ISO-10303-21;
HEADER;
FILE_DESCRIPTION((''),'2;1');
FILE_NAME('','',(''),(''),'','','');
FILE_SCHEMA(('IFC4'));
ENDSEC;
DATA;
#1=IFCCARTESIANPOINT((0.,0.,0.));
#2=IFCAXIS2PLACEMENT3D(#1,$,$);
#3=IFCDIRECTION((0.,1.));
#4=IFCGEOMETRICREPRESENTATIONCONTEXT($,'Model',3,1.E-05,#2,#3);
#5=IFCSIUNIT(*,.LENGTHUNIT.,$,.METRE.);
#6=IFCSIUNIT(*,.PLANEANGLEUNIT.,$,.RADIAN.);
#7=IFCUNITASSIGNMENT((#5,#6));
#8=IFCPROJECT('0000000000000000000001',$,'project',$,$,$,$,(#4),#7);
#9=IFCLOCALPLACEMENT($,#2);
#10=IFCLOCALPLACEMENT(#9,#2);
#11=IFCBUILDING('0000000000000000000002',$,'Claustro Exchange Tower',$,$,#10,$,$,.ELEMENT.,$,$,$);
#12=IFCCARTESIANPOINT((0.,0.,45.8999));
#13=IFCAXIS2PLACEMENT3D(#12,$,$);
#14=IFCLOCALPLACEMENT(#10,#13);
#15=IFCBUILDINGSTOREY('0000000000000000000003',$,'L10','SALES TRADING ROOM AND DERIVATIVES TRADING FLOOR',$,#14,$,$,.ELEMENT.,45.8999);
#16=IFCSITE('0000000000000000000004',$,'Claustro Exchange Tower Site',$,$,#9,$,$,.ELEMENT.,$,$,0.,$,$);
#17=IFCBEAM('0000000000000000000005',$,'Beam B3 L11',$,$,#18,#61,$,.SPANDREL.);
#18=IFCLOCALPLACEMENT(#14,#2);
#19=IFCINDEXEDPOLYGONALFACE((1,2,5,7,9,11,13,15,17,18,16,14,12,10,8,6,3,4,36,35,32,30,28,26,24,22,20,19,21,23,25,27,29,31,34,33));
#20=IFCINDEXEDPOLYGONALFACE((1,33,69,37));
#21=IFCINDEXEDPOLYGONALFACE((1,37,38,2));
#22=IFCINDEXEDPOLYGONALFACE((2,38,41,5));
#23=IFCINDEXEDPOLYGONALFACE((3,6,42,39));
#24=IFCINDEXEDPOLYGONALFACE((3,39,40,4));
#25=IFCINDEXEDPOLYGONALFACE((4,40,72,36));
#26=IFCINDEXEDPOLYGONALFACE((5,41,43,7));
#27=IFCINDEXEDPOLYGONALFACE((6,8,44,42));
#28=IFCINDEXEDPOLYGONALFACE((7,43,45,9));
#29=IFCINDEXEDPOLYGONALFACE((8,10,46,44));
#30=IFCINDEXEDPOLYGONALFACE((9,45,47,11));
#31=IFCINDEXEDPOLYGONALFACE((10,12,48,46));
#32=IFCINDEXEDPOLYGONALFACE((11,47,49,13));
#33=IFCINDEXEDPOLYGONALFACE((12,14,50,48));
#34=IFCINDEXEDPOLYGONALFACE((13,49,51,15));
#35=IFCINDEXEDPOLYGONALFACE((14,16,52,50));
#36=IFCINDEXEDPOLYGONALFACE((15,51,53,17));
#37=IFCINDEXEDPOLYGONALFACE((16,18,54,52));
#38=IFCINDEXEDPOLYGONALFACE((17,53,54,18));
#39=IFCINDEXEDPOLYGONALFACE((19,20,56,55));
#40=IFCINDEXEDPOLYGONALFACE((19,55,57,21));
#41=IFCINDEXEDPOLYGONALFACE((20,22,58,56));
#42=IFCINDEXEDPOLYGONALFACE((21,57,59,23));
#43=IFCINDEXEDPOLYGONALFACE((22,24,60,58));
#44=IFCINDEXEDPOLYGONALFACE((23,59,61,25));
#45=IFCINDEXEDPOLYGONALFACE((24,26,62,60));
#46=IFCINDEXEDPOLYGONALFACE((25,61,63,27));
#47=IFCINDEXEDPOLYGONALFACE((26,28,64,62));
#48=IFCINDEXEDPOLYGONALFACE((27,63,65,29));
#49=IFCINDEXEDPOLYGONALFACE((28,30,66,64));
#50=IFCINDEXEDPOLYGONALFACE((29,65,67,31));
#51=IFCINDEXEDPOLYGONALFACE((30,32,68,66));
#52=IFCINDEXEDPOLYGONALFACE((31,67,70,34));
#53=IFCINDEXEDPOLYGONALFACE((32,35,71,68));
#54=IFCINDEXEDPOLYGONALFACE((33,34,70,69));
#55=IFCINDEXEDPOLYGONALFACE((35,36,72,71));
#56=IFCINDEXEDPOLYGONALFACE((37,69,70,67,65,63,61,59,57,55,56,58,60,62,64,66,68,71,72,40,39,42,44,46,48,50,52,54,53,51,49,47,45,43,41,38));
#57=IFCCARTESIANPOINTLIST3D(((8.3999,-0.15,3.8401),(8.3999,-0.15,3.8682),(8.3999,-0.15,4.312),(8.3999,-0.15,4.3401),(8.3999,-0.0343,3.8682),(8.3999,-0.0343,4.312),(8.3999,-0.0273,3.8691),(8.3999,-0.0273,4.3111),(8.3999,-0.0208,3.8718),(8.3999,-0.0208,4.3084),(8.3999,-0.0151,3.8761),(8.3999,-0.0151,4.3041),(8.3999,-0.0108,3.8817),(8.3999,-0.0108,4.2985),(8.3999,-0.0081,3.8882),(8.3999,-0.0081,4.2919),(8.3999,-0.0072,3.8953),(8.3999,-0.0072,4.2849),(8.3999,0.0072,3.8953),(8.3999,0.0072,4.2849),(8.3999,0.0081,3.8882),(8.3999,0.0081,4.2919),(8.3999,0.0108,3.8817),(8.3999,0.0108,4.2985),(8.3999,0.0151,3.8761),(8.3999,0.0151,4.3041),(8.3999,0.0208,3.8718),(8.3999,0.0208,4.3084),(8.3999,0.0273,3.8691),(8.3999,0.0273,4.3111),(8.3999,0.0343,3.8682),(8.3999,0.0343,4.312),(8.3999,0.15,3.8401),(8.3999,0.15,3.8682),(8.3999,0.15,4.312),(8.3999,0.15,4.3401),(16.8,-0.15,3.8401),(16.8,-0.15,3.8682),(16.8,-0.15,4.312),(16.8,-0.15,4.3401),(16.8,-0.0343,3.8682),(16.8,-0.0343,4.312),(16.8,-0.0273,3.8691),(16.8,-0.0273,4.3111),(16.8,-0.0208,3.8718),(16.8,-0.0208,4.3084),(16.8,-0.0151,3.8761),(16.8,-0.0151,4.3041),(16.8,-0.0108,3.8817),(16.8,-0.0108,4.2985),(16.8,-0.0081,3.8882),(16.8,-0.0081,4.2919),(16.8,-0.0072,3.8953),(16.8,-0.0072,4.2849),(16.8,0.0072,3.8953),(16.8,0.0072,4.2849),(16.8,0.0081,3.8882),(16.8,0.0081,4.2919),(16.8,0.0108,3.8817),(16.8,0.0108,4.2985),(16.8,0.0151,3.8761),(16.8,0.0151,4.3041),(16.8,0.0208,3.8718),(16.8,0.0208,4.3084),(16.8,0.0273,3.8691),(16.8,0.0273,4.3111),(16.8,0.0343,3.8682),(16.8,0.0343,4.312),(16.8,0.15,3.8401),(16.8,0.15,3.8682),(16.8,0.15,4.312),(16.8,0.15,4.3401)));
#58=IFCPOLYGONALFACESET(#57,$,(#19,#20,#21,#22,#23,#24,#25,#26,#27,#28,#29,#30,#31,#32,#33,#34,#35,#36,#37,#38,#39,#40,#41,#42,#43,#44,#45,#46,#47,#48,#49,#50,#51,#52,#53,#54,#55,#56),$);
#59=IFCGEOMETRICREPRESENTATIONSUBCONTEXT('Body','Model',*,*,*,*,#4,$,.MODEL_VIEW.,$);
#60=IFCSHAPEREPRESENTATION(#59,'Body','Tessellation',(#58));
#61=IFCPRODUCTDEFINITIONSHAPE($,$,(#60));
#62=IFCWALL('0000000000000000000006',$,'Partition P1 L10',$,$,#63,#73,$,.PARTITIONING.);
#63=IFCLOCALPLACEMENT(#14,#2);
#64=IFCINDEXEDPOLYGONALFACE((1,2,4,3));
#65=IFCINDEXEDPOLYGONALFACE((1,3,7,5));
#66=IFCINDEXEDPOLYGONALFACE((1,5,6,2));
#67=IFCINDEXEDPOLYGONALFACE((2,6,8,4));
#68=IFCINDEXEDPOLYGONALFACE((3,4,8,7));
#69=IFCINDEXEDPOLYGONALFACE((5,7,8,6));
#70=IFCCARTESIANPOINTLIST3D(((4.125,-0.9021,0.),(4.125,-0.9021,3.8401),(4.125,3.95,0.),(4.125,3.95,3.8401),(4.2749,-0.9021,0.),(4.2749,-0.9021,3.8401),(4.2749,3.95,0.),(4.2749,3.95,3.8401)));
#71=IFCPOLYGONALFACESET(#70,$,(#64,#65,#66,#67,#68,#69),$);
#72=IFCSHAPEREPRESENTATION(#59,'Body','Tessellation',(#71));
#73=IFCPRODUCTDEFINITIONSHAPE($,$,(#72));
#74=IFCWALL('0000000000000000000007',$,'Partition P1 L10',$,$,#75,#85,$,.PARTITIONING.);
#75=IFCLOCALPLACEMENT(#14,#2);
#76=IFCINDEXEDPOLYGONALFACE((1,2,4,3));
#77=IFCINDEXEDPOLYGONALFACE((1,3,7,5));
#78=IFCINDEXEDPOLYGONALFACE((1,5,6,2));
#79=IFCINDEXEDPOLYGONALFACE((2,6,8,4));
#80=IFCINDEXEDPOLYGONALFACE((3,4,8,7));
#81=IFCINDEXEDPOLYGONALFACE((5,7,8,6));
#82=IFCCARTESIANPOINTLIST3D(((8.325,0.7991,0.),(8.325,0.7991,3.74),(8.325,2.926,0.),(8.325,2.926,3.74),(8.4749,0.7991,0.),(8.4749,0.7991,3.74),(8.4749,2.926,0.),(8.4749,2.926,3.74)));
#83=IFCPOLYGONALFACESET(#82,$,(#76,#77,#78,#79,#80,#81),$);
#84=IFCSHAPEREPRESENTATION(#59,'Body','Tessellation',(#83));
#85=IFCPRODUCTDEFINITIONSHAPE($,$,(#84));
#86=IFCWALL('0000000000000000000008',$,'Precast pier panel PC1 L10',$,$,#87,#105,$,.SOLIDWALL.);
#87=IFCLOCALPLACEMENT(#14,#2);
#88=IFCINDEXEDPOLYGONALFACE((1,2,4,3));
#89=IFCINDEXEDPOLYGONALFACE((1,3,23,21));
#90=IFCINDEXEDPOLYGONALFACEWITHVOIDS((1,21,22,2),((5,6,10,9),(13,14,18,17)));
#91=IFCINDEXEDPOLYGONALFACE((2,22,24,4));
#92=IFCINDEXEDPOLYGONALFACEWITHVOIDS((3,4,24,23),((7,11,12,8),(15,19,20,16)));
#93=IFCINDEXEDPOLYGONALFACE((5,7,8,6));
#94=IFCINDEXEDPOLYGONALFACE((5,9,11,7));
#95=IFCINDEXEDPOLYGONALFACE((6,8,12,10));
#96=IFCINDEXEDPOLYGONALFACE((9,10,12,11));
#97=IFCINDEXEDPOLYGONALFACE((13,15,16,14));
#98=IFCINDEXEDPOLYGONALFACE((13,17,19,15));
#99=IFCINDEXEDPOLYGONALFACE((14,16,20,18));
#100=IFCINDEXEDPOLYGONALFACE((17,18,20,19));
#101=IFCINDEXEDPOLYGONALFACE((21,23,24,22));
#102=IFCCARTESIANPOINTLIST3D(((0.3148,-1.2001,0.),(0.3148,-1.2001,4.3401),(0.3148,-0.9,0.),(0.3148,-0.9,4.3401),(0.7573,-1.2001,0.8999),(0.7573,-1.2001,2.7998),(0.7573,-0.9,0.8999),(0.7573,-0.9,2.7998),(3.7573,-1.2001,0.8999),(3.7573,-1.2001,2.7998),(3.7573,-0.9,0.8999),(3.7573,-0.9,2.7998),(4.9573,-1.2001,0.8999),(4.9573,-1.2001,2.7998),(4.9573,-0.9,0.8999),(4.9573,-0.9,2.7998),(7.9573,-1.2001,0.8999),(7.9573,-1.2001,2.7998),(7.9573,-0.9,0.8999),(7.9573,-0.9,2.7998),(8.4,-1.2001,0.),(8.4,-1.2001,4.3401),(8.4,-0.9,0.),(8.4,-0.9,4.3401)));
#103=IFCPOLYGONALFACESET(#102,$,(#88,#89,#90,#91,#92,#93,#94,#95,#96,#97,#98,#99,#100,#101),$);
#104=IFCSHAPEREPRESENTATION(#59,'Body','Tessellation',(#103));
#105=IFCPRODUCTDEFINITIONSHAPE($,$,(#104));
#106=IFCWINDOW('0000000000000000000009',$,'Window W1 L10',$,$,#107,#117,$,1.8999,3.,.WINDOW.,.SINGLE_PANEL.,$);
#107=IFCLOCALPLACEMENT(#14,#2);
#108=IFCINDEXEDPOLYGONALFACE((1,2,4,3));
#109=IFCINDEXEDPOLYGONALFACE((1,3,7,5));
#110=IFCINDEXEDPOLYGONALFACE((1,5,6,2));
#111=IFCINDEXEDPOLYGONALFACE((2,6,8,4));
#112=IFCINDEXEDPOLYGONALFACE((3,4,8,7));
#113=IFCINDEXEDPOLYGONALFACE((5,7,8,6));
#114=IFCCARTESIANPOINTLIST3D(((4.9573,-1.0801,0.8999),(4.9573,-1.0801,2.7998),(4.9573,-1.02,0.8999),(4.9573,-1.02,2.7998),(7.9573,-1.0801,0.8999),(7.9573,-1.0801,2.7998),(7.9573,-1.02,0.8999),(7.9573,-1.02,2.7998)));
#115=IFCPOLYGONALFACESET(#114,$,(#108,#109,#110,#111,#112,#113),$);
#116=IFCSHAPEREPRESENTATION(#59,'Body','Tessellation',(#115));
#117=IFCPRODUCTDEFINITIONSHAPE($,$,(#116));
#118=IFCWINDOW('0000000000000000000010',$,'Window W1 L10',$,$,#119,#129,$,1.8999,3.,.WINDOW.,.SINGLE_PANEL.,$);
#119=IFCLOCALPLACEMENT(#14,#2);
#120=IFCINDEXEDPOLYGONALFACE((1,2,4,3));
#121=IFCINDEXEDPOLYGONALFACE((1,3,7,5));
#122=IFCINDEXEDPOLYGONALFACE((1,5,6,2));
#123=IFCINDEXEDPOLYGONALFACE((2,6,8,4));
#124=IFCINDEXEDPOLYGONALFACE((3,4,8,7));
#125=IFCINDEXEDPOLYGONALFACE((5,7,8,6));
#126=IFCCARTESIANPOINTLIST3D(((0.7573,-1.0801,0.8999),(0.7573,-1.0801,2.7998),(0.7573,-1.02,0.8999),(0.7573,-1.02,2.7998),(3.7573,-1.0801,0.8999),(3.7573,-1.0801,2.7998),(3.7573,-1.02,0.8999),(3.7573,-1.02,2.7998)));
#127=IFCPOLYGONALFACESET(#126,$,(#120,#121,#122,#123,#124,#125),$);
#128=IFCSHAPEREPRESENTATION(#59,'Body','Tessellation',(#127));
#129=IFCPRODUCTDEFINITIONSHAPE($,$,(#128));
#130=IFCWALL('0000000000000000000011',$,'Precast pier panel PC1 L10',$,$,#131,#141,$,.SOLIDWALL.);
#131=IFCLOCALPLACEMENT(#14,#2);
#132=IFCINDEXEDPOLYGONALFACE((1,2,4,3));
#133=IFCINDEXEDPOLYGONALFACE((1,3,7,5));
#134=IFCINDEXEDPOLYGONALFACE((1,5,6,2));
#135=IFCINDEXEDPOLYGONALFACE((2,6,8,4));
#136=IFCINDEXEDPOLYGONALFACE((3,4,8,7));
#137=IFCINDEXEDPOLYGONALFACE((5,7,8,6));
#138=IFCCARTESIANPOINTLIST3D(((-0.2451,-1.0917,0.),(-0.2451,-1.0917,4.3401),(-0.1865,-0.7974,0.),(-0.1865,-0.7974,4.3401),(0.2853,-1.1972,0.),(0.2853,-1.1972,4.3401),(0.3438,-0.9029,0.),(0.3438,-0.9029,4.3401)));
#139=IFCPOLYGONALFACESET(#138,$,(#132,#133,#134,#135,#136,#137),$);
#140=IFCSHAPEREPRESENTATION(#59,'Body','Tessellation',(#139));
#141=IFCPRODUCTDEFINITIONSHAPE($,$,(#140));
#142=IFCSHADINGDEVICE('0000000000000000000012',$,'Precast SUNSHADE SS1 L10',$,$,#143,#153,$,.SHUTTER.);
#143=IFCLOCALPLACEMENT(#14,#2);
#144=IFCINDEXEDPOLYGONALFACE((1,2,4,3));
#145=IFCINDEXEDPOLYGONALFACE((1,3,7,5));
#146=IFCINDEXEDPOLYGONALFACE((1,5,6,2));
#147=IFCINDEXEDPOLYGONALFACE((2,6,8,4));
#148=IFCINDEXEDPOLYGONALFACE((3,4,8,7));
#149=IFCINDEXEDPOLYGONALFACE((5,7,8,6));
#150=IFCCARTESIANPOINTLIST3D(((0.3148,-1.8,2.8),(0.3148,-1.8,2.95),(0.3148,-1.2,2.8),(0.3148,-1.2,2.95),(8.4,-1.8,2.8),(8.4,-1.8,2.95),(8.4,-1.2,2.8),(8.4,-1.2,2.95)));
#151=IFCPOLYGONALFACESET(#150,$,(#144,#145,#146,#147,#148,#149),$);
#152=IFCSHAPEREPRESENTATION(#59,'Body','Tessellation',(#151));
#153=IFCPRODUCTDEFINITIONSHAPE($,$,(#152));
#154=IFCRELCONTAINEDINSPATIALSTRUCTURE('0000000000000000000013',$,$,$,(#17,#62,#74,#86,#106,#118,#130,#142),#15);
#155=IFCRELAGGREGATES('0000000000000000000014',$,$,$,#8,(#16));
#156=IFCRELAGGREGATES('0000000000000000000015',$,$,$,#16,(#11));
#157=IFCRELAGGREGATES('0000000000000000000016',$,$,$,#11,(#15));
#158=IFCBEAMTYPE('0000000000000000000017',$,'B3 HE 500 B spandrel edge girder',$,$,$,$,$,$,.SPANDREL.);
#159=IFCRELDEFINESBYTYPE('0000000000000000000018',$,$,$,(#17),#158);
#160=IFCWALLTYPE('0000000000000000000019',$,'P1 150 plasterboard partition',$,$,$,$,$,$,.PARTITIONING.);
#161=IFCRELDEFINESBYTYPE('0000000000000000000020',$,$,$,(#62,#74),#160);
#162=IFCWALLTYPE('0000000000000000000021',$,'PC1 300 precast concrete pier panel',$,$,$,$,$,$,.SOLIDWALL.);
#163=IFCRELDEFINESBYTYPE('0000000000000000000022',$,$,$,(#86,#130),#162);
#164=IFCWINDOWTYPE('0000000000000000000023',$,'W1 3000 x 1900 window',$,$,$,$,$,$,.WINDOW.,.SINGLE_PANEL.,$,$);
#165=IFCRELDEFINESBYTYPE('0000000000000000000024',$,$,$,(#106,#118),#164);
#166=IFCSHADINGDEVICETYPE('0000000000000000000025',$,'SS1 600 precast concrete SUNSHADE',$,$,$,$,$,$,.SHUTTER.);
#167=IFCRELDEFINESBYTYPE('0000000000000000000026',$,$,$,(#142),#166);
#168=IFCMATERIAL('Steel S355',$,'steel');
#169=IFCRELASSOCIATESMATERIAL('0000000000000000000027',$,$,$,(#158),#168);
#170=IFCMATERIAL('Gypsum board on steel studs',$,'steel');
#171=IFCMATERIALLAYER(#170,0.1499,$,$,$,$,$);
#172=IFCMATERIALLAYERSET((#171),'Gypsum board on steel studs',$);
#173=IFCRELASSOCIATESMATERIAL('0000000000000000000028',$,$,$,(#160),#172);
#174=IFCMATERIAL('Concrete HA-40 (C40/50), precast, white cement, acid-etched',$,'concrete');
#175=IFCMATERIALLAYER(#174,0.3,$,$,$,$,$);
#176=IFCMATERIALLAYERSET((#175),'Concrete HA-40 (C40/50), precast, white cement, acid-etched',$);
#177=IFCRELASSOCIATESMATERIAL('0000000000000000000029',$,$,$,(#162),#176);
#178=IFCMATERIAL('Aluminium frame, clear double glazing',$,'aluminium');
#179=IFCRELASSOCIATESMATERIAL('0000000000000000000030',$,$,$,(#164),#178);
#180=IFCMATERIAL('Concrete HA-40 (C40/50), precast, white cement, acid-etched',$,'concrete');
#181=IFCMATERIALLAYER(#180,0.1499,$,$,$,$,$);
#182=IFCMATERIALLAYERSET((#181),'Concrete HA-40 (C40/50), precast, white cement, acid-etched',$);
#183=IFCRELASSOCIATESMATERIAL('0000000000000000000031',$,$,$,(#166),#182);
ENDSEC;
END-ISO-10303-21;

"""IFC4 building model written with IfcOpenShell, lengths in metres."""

from ifc_helpers import new_model, si_unit, direction, frame, frame_2d, origin, origin_2d, place, context, subcontext, project, spatial, rectangle, i_section, extrude, material, layer, layer_set, material_profile, profile_set, type_object, element, fill, save


model = new_model("IFC4")

# Units and contexts
model_context = context("Model", 3, precision=1e-05, world=origin(), true_north=direction((0.0, 1.0)))
body_context = subcontext(model_context, "Body", "Model", "MODEL_VIEW")
ifc_project = project(units=[si_unit("LENGTHUNIT", "METRE"), si_unit("PLANEANGLEUNIT", "RADIAN")], contexts=[model_context])

# Site, building, storey
site_placement = place(None, origin())
site = spatial("IfcSite", under=ifc_project, at=site_placement, Name="Claustro Exchange Tower Site", CompositionType="ELEMENT", RefElevation=0.0)
building_placement = place(site_placement, origin())
building = spatial("IfcBuilding", under=site, at=building_placement, Name="Claustro Exchange Tower", CompositionType="ELEMENT")
storey_placement = place(building_placement, frame((0.0, 0.0, 45.8999)))
storey = spatial("IfcBuildingStorey", under=building, at=storey_placement, Name="L10", Description="SALES TRADING ROOM AND DERIVATIVES TRADING FLOOR", CompositionType="ELEMENT", Elevation=45.8999)

# Beam
ifc_material_1 = material(Name="Steel S355", Category="steel")
ifc_material_profile_1 = material_profile(ifc_material_1, i_section(OverallWidth=0.3, OverallDepth=0.5, WebThickness=0.0144, FlangeThickness=0.0281, FilletRadius=0.0271, at=origin_2d()), Name="HE 500 B")
ifc_profile_set_1 = profile_set([ifc_material_profile_1], Name="Steel S355")
beam_type_1 = type_object("IfcBeamType", Name="B3 HE 500 B spandrel edge girder", PredefinedType="SPANDREL", material=ifc_profile_set_1)
beam_1_placement = place(storey_placement, frame((8.3999, 0.0, 4.0901), z_axis=(1.0, 0.0, 0.0), x_axis=(0.0, 1.0, 0.0)))
element("IfcBeam", 1, at=beam_1_placement, inside=storey, type_object=beam_type_1, Name="Beam B3 L11", PredefinedType="SPANDREL", context=body_context, shape_type="SweptSolid", body=[
    extrude(i_section(OverallWidth=0.3, OverallDepth=0.5, WebThickness=0.0144, FlangeThickness=0.0281, FilletRadius=0.0271, at=origin_2d()), origin(), (0.0, 0.0, 1.0), 8.4001),
])

# Walls
ifc_material_2 = material(Name="Gypsum board on steel studs", Category="steel")
ifc_layer_1 = layer(ifc_material_2, 0.1499)
ifc_layer_set_1 = layer_set([ifc_layer_1], Name="Gypsum board on steel studs")
wall_type_1 = type_object("IfcWallType", Name="P1 150 plasterboard partition", PredefinedType="PARTITIONING", material=ifc_layer_set_1)
wall_1_placement = place(storey_placement, frame((4.2, -0.9021, 0.0), z_axis=(0.0, 0.0, 1.0), x_axis=(0.0, 1.0, 0.0)))
element("IfcWall", 2, at=wall_1_placement, inside=storey, type_object=wall_type_1, Name="Partition P1 L10", PredefinedType="PARTITIONING", context=body_context, shape_type="SweptSolid", body=[
    extrude(rectangle(XDim=4.8521, YDim=0.1499, at=frame_2d((2.426, 0.0))), origin(), (0.0, 0.0, 1.0), 3.8401),
])
wall_2_placement = place(storey_placement, frame((8.3999, 0.7991, 0.0), z_axis=(0.0, 0.0, 1.0), x_axis=(0.0, 1.0, 0.0)))
element("IfcWall", 3, at=wall_2_placement, inside=storey, type_object=wall_type_1, Name="Partition P1 L10", PredefinedType="PARTITIONING", context=body_context, shape_type="SweptSolid", body=[
    extrude(rectangle(XDim=2.127, YDim=0.1499, at=frame_2d((1.0635, 0.0))), origin(), (0.0, 0.0, 1.0), 3.74),
])

# Wall, openings, windows
ifc_material_3 = material(Name="Concrete HA-40 (C40/50), precast, white cement, acid-etched", Category="concrete")
ifc_layer_2 = layer(ifc_material_3, 0.3)
ifc_layer_set_2 = layer_set([ifc_layer_2], Name="Concrete HA-40 (C40/50), precast, white cement, acid-etched")
wall_type_2 = type_object("IfcWallType", Name="PC1 300 precast concrete pier panel", PredefinedType="SOLIDWALL", material=ifc_layer_set_2)
wall_3_placement = place(storey_placement, frame((8.3999, -1.05, 0.0), z_axis=(0.0, 0.0, 1.0), x_axis=(-1.0, 0.0, 0.0)))
wall_3 = element("IfcWall", 4, at=wall_3_placement, inside=storey, type_object=wall_type_2, Name="Precast pier panel PC1 L10", PredefinedType="SOLIDWALL", context=body_context, shape_type="SweptSolid", body=[
    extrude(rectangle(XDim=8.0852, YDim=0.3, at=frame_2d((4.0425, 0.0))), origin(), (0.0, 0.0, 1.0), 4.3401),
])
opening_1_placement = place(wall_3_placement, frame((0.4426, 0.0, 0.8999)))
opening_1 = element("IfcOpeningElement", 5, at=opening_1_placement, cuts=wall_3, PredefinedType="OPENING", context=body_context, shape_type="SweptSolid", body=[
    extrude(rectangle(XDim=3.0, YDim=1.8999, at=frame_2d((1.5, 0.95))), frame((0.0, 0.1599, 0.0), z_axis=(0.0, -1.0, 0.0), x_axis=(1.0, 0.0, 0.0)), (0.0, 0.0, 1.0), 0.3201),
])
opening_2_placement = place(wall_3_placement, frame((4.6426, 0.0, 0.8999)))
opening_2 = element("IfcOpeningElement", 6, at=opening_2_placement, cuts=wall_3, PredefinedType="OPENING", context=body_context, shape_type="SweptSolid", body=[
    extrude(rectangle(XDim=3.0, YDim=1.8999, at=frame_2d((1.5, 0.95))), frame((0.0, 0.1599, 0.0), z_axis=(0.0, -1.0, 0.0), x_axis=(1.0, 0.0, 0.0)), (0.0, 0.0, 1.0), 0.3201),
])
ifc_material_4 = material(Name="Aluminium frame, clear double glazing", Category="aluminium")
window_type = type_object("IfcWindowType", Name="W1 3000 x 1900 window", PartitioningType="SINGLE_PANEL", PredefinedType="WINDOW", material=ifc_material_4)
window_1_placement = place(opening_1_placement, origin())
window_1 = element("IfcWindow", 7, at=window_1_placement, inside=storey, type_object=window_type, Name="Window W1 L10", OverallHeight=1.8999, OverallWidth=3.0, PartitioningType="SINGLE_PANEL", PredefinedType="WINDOW", context=body_context, shape_type="SweptSolid", body=[
    extrude(rectangle(XDim=3.0, YDim=1.8999, at=frame_2d((1.5, 0.95))), frame((0.0, 0.03, 0.0), z_axis=(0.0, -1.0, 0.0), x_axis=(1.0, 0.0, 0.0)), (0.0, 0.0, 1.0), 0.0601),
])
fill(opening_1, window_1)
window_2_placement = place(opening_2_placement, origin())
window_2 = element("IfcWindow", 8, at=window_2_placement, inside=storey, type_object=window_type, Name="Window W1 L10", OverallHeight=1.8999, OverallWidth=3.0, PartitioningType="SINGLE_PANEL", PredefinedType="WINDOW", context=body_context, shape_type="SweptSolid", body=[
    extrude(rectangle(XDim=3.0, YDim=1.8999, at=frame_2d((1.5, 0.95))), frame((0.0, 0.03, 0.0), z_axis=(0.0, -1.0, 0.0), x_axis=(1.0, 0.0, 0.0)), (0.0, 0.0, 1.0), 0.0601),
])
fill(opening_2, window_2)

# Wall
wall_4_placement = place(storey_placement, frame((0.3147, -1.05, 0.0), z_axis=(0.0, 0.0, 1.0), x_axis=(-0.980789, 0.195074, 0.0)))
element("IfcWall", 9, at=wall_4_placement, inside=storey, type_object=wall_type_2, Name="Precast pier panel PC1 L10", PredefinedType="SOLIDWALL", context=body_context, shape_type="SweptSolid", body=[
    extrude(rectangle(XDim=0.5408, YDim=0.3, at=frame_2d((0.2705, 0.0))), origin(), (0.0, 0.0, 1.0), 4.3401),
])

# Shading device
ifc_material_5 = material(Name="Concrete HA-40 (C40/50), precast, white cement, acid-etched", Category="concrete")
ifc_layer_3 = layer(ifc_material_5, 0.1499)
ifc_layer_set_3 = layer_set([ifc_layer_3], Name="Concrete HA-40 (C40/50), precast, white cement, acid-etched")
shading_device_type = type_object("IfcShadingDeviceType", Name="SS1 600 precast concrete SUNSHADE", PredefinedType="SHUTTER", material=ifc_layer_set_3)
shading_device_placement = place(storey_placement, frame((4.3574, -1.5, 2.8), z_axis=(0.0, 0.0, 1.0), x_axis=(-1.0, 0.0, 0.0)))
element("IfcShadingDevice", 10, at=shading_device_placement, inside=storey, type_object=shading_device_type, Name="Precast SUNSHADE SS1 L10", PredefinedType="SHUTTER", context=body_context, shape_type="SweptSolid", body=[
    extrude(rectangle(XDim=8.0852, YDim=0.6001, at=origin_2d()), origin(), (0.0, 0.0, 1.0), 0.1499),
])

save(model, "model.ifc")
